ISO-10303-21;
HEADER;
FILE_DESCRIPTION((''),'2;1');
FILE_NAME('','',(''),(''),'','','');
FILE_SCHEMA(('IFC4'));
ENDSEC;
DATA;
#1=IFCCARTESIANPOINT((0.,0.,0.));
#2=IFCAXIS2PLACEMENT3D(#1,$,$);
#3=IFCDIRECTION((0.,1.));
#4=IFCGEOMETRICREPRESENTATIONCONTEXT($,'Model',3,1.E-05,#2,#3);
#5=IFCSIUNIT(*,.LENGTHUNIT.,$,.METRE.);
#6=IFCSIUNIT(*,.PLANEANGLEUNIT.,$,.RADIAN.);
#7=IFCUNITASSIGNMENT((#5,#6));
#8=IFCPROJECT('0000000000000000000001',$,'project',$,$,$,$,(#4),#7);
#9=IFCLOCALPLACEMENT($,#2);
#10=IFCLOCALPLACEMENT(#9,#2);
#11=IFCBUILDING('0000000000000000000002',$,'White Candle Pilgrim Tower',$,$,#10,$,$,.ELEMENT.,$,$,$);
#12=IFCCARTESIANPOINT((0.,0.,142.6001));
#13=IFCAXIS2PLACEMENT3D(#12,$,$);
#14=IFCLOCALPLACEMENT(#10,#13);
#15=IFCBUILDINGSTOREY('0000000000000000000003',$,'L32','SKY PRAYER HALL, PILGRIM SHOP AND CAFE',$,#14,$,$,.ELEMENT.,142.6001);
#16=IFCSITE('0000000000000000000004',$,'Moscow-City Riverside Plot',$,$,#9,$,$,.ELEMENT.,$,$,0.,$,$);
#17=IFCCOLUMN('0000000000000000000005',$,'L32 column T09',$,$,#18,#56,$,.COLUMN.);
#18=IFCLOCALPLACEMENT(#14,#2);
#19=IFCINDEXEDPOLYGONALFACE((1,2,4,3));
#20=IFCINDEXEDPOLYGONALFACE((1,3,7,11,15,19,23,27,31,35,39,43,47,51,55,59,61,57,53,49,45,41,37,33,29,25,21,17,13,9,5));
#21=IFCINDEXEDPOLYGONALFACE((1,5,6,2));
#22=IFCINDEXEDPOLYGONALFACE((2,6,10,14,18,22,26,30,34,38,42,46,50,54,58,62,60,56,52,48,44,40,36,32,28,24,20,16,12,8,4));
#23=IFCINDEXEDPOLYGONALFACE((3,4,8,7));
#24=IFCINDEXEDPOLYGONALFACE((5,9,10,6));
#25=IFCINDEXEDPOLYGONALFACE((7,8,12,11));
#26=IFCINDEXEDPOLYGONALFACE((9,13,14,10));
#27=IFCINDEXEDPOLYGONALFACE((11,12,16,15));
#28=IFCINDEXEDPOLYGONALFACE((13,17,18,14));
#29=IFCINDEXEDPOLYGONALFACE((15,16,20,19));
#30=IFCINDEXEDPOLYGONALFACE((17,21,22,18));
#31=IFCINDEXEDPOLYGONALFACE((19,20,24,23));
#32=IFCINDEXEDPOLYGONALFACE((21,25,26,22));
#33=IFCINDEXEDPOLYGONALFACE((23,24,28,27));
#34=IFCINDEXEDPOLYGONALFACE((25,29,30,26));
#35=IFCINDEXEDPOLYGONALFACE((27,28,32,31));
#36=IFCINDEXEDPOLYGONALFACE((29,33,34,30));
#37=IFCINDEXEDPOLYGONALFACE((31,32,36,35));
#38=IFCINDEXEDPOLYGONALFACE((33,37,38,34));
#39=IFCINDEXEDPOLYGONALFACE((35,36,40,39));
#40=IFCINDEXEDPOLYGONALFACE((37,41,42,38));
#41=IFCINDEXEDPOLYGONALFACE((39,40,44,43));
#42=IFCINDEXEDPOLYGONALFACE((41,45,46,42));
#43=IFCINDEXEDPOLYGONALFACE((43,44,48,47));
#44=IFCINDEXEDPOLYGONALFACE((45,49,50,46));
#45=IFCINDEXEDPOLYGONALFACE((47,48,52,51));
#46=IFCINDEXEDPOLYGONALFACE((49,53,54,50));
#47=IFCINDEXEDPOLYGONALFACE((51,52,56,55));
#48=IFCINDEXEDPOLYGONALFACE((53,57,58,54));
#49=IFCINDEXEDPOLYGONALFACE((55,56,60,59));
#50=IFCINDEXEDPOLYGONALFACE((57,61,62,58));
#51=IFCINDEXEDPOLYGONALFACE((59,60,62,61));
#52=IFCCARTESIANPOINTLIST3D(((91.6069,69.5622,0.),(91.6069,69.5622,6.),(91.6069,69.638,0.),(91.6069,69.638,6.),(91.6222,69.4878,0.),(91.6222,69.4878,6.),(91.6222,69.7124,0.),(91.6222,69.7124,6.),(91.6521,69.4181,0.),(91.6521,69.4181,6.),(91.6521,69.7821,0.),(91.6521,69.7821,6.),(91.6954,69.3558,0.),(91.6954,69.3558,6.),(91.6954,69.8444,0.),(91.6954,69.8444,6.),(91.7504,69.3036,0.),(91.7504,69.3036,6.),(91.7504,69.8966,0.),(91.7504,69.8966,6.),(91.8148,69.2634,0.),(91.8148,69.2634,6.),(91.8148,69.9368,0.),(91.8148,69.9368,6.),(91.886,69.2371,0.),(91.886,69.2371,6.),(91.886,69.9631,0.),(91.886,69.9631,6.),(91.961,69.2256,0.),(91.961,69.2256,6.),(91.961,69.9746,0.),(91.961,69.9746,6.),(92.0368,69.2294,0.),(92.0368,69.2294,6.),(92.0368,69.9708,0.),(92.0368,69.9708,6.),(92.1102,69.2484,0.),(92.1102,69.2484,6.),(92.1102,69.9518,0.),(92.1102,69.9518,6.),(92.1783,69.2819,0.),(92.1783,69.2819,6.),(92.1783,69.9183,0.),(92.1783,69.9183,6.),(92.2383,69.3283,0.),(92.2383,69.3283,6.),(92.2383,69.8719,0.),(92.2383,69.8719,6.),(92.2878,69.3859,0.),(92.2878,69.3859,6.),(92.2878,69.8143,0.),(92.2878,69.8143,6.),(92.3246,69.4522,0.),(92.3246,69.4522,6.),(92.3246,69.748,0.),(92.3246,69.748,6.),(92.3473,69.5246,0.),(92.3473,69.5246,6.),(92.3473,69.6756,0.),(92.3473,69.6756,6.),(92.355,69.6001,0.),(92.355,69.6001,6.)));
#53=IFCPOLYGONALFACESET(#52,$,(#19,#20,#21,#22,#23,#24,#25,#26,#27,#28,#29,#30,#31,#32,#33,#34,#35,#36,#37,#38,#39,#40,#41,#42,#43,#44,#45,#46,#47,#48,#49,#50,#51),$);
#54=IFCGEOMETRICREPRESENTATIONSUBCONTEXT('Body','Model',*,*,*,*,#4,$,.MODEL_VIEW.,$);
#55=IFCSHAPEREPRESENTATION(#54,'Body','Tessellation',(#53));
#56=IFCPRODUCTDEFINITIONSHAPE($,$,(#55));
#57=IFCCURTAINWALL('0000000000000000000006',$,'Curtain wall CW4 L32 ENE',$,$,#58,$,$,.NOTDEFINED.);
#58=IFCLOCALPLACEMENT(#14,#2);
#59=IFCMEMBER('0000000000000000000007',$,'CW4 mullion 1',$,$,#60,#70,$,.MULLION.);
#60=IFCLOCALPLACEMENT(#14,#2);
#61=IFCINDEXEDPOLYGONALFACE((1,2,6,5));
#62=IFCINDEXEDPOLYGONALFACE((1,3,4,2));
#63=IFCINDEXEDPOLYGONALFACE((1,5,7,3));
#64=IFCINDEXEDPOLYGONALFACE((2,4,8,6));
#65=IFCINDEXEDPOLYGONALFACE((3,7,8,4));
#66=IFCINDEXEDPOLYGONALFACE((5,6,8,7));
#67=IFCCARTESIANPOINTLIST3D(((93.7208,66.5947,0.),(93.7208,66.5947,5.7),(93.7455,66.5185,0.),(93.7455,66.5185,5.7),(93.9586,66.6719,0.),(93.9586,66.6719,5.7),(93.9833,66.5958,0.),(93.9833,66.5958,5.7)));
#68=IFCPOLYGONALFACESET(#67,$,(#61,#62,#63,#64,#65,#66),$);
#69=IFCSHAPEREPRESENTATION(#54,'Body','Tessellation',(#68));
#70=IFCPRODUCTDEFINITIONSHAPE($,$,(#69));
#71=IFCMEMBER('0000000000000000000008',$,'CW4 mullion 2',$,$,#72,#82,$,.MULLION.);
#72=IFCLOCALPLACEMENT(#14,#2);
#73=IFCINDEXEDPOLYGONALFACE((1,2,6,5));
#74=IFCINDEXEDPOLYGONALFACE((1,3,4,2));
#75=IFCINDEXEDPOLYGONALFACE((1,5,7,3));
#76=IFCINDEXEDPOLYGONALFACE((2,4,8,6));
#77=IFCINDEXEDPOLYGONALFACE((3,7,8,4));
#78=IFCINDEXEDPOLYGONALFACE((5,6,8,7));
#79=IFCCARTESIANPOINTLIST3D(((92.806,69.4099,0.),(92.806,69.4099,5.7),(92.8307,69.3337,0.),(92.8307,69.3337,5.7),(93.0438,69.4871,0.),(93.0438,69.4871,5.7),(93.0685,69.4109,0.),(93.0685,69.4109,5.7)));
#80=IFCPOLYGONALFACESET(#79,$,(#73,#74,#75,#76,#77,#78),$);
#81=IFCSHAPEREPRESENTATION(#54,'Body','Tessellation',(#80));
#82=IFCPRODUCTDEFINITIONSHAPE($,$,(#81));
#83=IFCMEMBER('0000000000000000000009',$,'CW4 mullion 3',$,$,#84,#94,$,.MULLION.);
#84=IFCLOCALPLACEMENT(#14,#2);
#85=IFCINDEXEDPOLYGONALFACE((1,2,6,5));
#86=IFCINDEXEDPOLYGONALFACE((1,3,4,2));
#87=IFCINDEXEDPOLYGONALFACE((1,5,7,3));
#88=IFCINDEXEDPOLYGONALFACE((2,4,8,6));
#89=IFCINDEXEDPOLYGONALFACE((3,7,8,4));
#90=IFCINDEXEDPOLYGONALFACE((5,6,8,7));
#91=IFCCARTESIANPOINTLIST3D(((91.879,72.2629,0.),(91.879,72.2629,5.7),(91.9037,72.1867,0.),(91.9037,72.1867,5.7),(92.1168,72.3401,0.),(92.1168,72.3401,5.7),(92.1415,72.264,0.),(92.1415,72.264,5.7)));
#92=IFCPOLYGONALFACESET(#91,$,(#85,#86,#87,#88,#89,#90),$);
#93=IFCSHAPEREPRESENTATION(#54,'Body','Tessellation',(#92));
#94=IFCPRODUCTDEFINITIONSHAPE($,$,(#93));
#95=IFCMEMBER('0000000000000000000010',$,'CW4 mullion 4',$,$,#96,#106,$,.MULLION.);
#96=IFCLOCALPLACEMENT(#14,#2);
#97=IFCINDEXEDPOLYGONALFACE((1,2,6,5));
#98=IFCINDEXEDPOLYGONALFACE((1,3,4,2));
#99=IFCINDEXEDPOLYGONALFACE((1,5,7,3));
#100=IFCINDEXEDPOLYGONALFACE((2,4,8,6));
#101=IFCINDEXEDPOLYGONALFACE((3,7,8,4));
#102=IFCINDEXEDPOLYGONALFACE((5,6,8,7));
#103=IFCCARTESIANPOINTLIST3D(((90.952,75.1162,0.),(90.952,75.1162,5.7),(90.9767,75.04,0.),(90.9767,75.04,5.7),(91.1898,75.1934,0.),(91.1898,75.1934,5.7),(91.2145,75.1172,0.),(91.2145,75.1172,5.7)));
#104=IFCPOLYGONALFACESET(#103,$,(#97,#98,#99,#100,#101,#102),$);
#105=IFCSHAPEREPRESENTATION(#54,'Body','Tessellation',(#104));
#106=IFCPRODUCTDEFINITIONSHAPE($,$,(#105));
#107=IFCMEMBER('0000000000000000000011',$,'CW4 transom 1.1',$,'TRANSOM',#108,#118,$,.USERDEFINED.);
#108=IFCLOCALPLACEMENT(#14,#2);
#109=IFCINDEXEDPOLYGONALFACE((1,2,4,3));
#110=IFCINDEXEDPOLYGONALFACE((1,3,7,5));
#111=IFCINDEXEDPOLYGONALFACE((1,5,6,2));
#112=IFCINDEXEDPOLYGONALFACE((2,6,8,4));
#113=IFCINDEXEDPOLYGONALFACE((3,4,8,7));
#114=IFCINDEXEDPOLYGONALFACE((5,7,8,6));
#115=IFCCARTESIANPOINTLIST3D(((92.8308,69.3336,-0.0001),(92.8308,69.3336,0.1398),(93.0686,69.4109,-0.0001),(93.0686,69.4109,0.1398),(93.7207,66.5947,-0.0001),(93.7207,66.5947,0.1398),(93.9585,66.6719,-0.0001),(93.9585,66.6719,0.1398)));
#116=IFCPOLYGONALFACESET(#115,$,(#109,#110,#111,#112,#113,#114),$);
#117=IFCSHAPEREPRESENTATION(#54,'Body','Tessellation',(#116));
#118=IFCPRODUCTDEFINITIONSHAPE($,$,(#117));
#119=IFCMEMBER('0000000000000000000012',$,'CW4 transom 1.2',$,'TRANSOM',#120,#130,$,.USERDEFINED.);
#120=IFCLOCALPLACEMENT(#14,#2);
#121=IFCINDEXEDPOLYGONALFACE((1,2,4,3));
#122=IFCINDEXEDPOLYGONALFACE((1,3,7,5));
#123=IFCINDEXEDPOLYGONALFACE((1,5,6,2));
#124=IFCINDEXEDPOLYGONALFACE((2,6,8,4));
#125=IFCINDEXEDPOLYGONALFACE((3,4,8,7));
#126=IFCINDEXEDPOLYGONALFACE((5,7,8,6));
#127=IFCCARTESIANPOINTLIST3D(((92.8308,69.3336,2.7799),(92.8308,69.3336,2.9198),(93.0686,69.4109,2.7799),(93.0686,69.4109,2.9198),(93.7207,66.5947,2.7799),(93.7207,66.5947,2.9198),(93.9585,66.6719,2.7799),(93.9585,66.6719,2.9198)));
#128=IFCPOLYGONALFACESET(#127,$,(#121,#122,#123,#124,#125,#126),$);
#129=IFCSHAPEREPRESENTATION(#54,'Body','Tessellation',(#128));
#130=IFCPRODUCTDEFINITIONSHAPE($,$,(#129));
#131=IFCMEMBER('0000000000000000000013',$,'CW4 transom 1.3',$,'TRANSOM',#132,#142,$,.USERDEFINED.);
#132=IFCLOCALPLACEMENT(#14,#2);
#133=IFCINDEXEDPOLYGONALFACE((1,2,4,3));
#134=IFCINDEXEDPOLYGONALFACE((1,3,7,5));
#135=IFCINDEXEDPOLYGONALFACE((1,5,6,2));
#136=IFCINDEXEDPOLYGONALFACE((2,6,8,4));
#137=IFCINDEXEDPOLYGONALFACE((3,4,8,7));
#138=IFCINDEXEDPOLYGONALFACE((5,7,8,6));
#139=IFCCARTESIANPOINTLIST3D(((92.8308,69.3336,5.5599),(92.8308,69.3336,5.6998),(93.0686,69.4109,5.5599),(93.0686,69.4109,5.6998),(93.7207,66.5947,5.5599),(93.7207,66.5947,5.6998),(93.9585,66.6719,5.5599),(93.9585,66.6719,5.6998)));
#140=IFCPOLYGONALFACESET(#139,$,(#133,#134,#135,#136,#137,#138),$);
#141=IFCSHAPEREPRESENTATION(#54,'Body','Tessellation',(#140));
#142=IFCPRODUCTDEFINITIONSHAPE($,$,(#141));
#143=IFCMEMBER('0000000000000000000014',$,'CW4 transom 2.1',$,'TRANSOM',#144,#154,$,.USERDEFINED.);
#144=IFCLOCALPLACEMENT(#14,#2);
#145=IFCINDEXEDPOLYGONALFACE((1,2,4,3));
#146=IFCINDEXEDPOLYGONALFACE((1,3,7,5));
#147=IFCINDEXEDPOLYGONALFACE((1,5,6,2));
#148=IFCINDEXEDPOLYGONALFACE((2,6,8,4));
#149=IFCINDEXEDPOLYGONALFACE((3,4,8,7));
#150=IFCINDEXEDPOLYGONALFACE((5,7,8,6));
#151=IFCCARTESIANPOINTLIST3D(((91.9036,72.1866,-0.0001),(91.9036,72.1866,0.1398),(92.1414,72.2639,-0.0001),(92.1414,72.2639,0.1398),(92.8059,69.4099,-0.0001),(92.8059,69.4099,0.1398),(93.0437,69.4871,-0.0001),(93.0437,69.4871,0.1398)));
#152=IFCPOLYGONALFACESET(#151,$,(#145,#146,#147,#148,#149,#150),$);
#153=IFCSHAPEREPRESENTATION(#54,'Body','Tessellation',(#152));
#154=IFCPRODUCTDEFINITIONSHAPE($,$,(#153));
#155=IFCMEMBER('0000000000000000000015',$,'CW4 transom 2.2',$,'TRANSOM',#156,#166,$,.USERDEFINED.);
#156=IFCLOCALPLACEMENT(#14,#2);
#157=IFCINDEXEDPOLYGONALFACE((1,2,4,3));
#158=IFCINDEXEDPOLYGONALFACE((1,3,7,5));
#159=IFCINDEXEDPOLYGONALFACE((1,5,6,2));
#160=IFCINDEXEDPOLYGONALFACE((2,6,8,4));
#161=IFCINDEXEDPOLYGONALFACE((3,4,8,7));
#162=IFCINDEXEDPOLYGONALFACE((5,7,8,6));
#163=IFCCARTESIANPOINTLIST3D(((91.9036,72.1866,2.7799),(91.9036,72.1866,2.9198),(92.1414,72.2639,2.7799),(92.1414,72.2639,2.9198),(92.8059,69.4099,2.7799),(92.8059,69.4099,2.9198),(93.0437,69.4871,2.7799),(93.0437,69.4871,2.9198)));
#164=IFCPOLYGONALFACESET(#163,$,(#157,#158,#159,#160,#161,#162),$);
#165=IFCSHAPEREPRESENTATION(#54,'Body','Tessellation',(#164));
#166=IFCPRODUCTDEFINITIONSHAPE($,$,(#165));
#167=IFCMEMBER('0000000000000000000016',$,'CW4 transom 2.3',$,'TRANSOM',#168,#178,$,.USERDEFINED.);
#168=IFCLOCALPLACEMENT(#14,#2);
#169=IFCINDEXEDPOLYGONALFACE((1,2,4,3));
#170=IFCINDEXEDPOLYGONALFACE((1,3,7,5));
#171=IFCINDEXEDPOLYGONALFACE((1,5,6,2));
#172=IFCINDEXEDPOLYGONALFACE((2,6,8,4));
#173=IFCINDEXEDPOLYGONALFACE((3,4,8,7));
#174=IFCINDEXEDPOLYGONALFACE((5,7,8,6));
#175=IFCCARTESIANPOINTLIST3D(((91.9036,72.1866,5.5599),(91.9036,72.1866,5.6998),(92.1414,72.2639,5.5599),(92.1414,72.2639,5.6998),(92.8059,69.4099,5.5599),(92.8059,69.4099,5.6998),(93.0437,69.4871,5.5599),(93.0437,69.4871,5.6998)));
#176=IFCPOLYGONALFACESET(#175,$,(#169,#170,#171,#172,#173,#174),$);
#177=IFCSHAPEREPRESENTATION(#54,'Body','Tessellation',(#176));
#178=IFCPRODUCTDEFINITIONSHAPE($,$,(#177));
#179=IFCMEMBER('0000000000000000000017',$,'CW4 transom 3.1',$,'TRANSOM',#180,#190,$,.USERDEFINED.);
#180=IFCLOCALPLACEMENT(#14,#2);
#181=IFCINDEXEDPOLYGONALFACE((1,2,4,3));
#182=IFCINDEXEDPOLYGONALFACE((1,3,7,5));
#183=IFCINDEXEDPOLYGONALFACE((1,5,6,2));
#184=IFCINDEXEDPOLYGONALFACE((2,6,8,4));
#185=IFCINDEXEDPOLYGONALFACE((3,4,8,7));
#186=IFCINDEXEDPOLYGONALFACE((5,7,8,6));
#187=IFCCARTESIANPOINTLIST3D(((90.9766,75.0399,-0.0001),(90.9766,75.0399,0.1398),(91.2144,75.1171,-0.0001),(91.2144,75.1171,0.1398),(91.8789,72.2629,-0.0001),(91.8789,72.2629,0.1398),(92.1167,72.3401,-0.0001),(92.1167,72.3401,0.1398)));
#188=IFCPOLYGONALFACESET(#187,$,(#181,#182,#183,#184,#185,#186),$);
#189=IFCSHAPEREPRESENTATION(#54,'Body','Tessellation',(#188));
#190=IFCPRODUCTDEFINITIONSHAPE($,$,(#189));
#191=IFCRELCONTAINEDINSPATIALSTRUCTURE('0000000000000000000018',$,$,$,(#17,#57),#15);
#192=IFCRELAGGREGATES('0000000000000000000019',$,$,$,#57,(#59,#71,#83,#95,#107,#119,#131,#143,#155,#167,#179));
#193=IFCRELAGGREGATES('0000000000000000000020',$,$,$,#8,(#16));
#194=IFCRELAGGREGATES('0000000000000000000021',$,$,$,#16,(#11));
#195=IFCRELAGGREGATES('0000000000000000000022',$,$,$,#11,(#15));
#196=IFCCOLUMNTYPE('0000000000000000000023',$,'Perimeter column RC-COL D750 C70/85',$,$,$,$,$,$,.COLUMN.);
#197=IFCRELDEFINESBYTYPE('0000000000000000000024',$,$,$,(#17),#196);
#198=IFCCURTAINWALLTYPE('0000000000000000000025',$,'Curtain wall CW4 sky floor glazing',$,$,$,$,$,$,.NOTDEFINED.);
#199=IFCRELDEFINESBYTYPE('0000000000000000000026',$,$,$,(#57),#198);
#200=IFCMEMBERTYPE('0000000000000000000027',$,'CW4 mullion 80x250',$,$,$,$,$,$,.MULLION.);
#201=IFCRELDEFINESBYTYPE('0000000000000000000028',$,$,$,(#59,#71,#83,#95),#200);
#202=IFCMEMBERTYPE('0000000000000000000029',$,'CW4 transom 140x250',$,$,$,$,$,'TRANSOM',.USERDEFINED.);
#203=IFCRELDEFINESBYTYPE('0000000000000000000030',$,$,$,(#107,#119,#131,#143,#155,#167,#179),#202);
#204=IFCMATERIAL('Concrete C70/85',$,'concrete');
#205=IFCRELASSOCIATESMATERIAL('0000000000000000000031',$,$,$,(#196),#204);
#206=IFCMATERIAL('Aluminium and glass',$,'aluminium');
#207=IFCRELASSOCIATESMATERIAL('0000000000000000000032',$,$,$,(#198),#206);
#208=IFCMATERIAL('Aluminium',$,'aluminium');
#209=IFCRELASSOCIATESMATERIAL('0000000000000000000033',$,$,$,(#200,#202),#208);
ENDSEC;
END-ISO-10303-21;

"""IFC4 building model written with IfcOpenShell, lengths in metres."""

from ifc_helpers import new_model, si_unit, direction, frame, origin, origin_2d, place, context, subcontext, project, spatial, rectangle, circle, extrude, material, material_profile, profile_set, type_object, element, aggregate, save


model = new_model("IFC4")

# Units and contexts
model_context = context("Model", 3, precision=1e-05, world=origin(), true_north=direction((0.0, 1.0)))
body_context = subcontext(model_context, "Body", "Model", "MODEL_VIEW")
ifc_project = project(units=[si_unit("LENGTHUNIT", "METRE"), si_unit("PLANEANGLEUNIT", "RADIAN")], contexts=[model_context])

# Site, building, storey
site_placement = place(None, origin())
site = spatial("IfcSite", under=ifc_project, at=site_placement, Name="Moscow-City Riverside Plot", CompositionType="ELEMENT", RefElevation=0.0)
building_placement = place(site_placement, origin())
building = spatial("IfcBuilding", under=site, at=building_placement, Name="White Candle Pilgrim Tower", CompositionType="ELEMENT")
storey_placement = place(building_placement, frame((0.0, 0.0, 142.6001)))
storey = spatial("IfcBuildingStorey", under=building, at=storey_placement, Name="L32", Description="SKY PRAYER HALL, PILGRIM SHOP AND CAFE", CompositionType="ELEMENT", Elevation=142.6001)

# Column
ifc_material_1 = material(Name="Concrete C70/85", Category="concrete")
ifc_material_profile_1 = material_profile(ifc_material_1, circle(Radius=0.375, at=origin_2d()), Name="RC-COL D750")
ifc_profile_set_1 = profile_set([ifc_material_profile_1], Name="Concrete C70/85")
column_type = type_object("IfcColumnType", Name="Perimeter column RC-COL D750 C70/85", PredefinedType="COLUMN", material=ifc_profile_set_1)
column_placement = place(storey_placement, frame((91.98, 69.6001, 0.0), z_axis=(0.0, 0.0, 1.0), x_axis=(1.0, 0.0, 0.0)))
element("IfcColumn", 1, at=column_placement, inside=storey, type_object=column_type, Name="L32 column T09", PredefinedType="COLUMN", context=body_context, shape_type="SweptSolid", body=[
    extrude(circle(Radius=0.375, at=origin_2d()), origin(), (0.0, 0.0, 1.0), 6.0),
])

# Curtain wall, members
ifc_material_2 = material(Name="Aluminium and glass", Category="aluminium")
curtain_wall_type = type_object("IfcCurtainWallType", Name="Curtain wall CW4 sky floor glazing", PredefinedType="NOTDEFINED", material=ifc_material_2)
curtain_wall_placement = place(storey_placement, origin())
curtain_wall = element("IfcCurtainWall", 2, at=curtain_wall_placement, inside=storey, type_object=curtain_wall_type, Name="Curtain wall CW4 L32 ENE", PredefinedType="NOTDEFINED")
ifc_material_3 = material(Name="Aluminium", Category="aluminium")
ifc_material_profile_2 = material_profile(ifc_material_3, rectangle(XDim=0.25, YDim=0.0801, at=origin_2d()), Name="CW4 mullion 80x250")
ifc_profile_set_2 = profile_set([ifc_material_profile_2], Name="Aluminium")
member_type_1 = type_object("IfcMemberType", Name="CW4 mullion 80x250", PredefinedType="MULLION", material=ifc_profile_set_2)
member_1_placement = place(storey_placement, frame((93.8521, 66.5952, 0.0), z_axis=(0.0, 0.0, 1.0), x_axis=(-0.951057, -0.309017, 0.0)))
member_1 = element("IfcMember", 3, at=member_1_placement, type_object=member_type_1, Name="CW4 mullion 1", PredefinedType="MULLION", context=body_context, shape_type="SweptSolid", body=[
    extrude(rectangle(XDim=0.25, YDim=0.0801, at=origin_2d()), origin(), (0.0, 0.0, 1.0), 5.7),
])
member_2_placement = place(storey_placement, frame((92.9373, 69.4104, 0.0), z_axis=(0.0, 0.0, 1.0), x_axis=(-0.951057, -0.309017, 0.0)))
member_2 = element("IfcMember", 4, at=member_2_placement, type_object=member_type_1, Name="CW4 mullion 2", PredefinedType="MULLION", context=body_context, shape_type="SweptSolid", body=[
    extrude(rectangle(XDim=0.25, YDim=0.0801, at=origin_2d()), origin(), (0.0, 0.0, 1.0), 5.7),
])
member_3_placement = place(storey_placement, frame((92.0103, 72.2634, 0.0), z_axis=(0.0, 0.0, 1.0), x_axis=(-0.951057, -0.309017, 0.0)))
member_3 = element("IfcMember", 5, at=member_3_placement, type_object=member_type_1, Name="CW4 mullion 3", PredefinedType="MULLION", context=body_context, shape_type="SweptSolid", body=[
    extrude(rectangle(XDim=0.25, YDim=0.0801, at=origin_2d()), origin(), (0.0, 0.0, 1.0), 5.7),
])
member_4_placement = place(storey_placement, frame((91.0833, 75.1167, 0.0), z_axis=(0.0, 0.0, 1.0), x_axis=(-0.951057, -0.309017, 0.0)))
member_4 = element("IfcMember", 6, at=member_4_placement, type_object=member_type_1, Name="CW4 mullion 4", PredefinedType="MULLION", context=body_context, shape_type="SweptSolid", body=[
    extrude(rectangle(XDim=0.25, YDim=0.0801, at=origin_2d()), origin(), (0.0, 0.0, 1.0), 5.7),
])
ifc_material_profile_3 = material_profile(ifc_material_3, rectangle(XDim=0.25, YDim=0.1399, at=origin_2d()), Name="CW4 transom 140x250")
ifc_profile_set_3 = profile_set([ifc_material_profile_3], Name="Aluminium")
member_type_2 = type_object("IfcMemberType", Name="CW4 transom 140x250", ElementType="TRANSOM", PredefinedType="USERDEFINED", material=ifc_profile_set_3)
member_5_placement = place(storey_placement, frame((93.8396, 66.6333, 0.0698), z_axis=(-0.308996, 0.951063, 0.0), x_axis=(-0.951063, -0.308996, 0.0)))
member_5 = element("IfcMember", 7, at=member_5_placement, type_object=member_type_2, Name="CW4 transom 1.1", ObjectType="TRANSOM", PredefinedType="USERDEFINED", context=body_context, shape_type="SweptSolid", body=[
    extrude(rectangle(XDim=0.25, YDim=0.1399, at=origin_2d()), origin(), (0.0, 0.0, 1.0), 2.8799),
])
member_6_placement = place(storey_placement, frame((93.8396, 66.6333, 2.8499), z_axis=(-0.308996, 0.951063, 0.0), x_axis=(-0.951063, -0.308996, 0.0)))
member_6 = element("IfcMember", 8, at=member_6_placement, type_object=member_type_2, Name="CW4 transom 1.2", ObjectType="TRANSOM", PredefinedType="USERDEFINED", context=body_context, shape_type="SweptSolid", body=[
    extrude(rectangle(XDim=0.25, YDim=0.1399, at=origin_2d()), origin(), (0.0, 0.0, 1.0), 2.8799),
])
member_7_placement = place(storey_placement, frame((93.8396, 66.6333, 5.6299), z_axis=(-0.308996, 0.951063, 0.0), x_axis=(-0.951063, -0.308996, 0.0)))
member_7 = element("IfcMember", 9, at=member_7_placement, type_object=member_type_2, Name="CW4 transom 1.3", ObjectType="TRANSOM", PredefinedType="USERDEFINED", context=body_context, shape_type="SweptSolid", body=[
    extrude(rectangle(XDim=0.25, YDim=0.1399, at=origin_2d()), origin(), (0.0, 0.0, 1.0), 2.8799),
])
member_8_placement = place(storey_placement, frame((92.9248, 69.4485, 0.0698), z_axis=(-0.309044, 0.951048, 0.0), x_axis=(-0.951048, -0.309044, 0.0)))
member_8 = element("IfcMember", 10, at=member_8_placement, type_object=member_type_2, Name="CW4 transom 2.1", ObjectType="TRANSOM", PredefinedType="USERDEFINED", context=body_context, shape_type="SweptSolid", body=[
    extrude(rectangle(XDim=0.25, YDim=0.1399, at=origin_2d()), origin(), (0.0, 0.0, 1.0), 2.9197),
])
member_9_placement = place(storey_placement, frame((92.9248, 69.4485, 2.8499), z_axis=(-0.309044, 0.951048, 0.0), x_axis=(-0.951048, -0.309044, 0.0)))
member_9 = element("IfcMember", 11, at=member_9_placement, type_object=member_type_2, Name="CW4 transom 2.2", ObjectType="TRANSOM", PredefinedType="USERDEFINED", context=body_context, shape_type="SweptSolid", body=[
    extrude(rectangle(XDim=0.25, YDim=0.1399, at=origin_2d()), origin(), (0.0, 0.0, 1.0), 2.9197),
])
member_10_placement = place(storey_placement, frame((92.9248, 69.4485, 5.6299), z_axis=(-0.309044, 0.951048, 0.0), x_axis=(-0.951048, -0.309044, 0.0)))
member_10 = element("IfcMember", 12, at=member_10_placement, type_object=member_type_2, Name="CW4 transom 2.3", ObjectType="TRANSOM", PredefinedType="USERDEFINED", context=body_context, shape_type="SweptSolid", body=[
    extrude(rectangle(XDim=0.25, YDim=0.1399, at=origin_2d()), origin(), (0.0, 0.0, 1.0), 2.9197),
])
member_11_placement = place(storey_placement, frame((91.9978, 72.3015, 0.0698), z_axis=(-0.30902, 0.951056, 0.0), x_axis=(-0.951056, -0.30902, 0.0)))
member_11 = element("IfcMember", 13, at=member_11_placement, type_object=member_type_2, Name="CW4 transom 3.1", ObjectType="TRANSOM", PredefinedType="USERDEFINED", context=body_context, shape_type="SweptSolid", body=[
    extrude(rectangle(XDim=0.25, YDim=0.1399, at=origin_2d()), origin(), (0.0, 0.0, 1.0), 2.9199),
])

aggregate(curtain_wall, [member_1, member_2, member_3, member_4, member_5, member_6, member_7, member_8, member_9, member_10, member_11])

save(model, "model.ifc")
